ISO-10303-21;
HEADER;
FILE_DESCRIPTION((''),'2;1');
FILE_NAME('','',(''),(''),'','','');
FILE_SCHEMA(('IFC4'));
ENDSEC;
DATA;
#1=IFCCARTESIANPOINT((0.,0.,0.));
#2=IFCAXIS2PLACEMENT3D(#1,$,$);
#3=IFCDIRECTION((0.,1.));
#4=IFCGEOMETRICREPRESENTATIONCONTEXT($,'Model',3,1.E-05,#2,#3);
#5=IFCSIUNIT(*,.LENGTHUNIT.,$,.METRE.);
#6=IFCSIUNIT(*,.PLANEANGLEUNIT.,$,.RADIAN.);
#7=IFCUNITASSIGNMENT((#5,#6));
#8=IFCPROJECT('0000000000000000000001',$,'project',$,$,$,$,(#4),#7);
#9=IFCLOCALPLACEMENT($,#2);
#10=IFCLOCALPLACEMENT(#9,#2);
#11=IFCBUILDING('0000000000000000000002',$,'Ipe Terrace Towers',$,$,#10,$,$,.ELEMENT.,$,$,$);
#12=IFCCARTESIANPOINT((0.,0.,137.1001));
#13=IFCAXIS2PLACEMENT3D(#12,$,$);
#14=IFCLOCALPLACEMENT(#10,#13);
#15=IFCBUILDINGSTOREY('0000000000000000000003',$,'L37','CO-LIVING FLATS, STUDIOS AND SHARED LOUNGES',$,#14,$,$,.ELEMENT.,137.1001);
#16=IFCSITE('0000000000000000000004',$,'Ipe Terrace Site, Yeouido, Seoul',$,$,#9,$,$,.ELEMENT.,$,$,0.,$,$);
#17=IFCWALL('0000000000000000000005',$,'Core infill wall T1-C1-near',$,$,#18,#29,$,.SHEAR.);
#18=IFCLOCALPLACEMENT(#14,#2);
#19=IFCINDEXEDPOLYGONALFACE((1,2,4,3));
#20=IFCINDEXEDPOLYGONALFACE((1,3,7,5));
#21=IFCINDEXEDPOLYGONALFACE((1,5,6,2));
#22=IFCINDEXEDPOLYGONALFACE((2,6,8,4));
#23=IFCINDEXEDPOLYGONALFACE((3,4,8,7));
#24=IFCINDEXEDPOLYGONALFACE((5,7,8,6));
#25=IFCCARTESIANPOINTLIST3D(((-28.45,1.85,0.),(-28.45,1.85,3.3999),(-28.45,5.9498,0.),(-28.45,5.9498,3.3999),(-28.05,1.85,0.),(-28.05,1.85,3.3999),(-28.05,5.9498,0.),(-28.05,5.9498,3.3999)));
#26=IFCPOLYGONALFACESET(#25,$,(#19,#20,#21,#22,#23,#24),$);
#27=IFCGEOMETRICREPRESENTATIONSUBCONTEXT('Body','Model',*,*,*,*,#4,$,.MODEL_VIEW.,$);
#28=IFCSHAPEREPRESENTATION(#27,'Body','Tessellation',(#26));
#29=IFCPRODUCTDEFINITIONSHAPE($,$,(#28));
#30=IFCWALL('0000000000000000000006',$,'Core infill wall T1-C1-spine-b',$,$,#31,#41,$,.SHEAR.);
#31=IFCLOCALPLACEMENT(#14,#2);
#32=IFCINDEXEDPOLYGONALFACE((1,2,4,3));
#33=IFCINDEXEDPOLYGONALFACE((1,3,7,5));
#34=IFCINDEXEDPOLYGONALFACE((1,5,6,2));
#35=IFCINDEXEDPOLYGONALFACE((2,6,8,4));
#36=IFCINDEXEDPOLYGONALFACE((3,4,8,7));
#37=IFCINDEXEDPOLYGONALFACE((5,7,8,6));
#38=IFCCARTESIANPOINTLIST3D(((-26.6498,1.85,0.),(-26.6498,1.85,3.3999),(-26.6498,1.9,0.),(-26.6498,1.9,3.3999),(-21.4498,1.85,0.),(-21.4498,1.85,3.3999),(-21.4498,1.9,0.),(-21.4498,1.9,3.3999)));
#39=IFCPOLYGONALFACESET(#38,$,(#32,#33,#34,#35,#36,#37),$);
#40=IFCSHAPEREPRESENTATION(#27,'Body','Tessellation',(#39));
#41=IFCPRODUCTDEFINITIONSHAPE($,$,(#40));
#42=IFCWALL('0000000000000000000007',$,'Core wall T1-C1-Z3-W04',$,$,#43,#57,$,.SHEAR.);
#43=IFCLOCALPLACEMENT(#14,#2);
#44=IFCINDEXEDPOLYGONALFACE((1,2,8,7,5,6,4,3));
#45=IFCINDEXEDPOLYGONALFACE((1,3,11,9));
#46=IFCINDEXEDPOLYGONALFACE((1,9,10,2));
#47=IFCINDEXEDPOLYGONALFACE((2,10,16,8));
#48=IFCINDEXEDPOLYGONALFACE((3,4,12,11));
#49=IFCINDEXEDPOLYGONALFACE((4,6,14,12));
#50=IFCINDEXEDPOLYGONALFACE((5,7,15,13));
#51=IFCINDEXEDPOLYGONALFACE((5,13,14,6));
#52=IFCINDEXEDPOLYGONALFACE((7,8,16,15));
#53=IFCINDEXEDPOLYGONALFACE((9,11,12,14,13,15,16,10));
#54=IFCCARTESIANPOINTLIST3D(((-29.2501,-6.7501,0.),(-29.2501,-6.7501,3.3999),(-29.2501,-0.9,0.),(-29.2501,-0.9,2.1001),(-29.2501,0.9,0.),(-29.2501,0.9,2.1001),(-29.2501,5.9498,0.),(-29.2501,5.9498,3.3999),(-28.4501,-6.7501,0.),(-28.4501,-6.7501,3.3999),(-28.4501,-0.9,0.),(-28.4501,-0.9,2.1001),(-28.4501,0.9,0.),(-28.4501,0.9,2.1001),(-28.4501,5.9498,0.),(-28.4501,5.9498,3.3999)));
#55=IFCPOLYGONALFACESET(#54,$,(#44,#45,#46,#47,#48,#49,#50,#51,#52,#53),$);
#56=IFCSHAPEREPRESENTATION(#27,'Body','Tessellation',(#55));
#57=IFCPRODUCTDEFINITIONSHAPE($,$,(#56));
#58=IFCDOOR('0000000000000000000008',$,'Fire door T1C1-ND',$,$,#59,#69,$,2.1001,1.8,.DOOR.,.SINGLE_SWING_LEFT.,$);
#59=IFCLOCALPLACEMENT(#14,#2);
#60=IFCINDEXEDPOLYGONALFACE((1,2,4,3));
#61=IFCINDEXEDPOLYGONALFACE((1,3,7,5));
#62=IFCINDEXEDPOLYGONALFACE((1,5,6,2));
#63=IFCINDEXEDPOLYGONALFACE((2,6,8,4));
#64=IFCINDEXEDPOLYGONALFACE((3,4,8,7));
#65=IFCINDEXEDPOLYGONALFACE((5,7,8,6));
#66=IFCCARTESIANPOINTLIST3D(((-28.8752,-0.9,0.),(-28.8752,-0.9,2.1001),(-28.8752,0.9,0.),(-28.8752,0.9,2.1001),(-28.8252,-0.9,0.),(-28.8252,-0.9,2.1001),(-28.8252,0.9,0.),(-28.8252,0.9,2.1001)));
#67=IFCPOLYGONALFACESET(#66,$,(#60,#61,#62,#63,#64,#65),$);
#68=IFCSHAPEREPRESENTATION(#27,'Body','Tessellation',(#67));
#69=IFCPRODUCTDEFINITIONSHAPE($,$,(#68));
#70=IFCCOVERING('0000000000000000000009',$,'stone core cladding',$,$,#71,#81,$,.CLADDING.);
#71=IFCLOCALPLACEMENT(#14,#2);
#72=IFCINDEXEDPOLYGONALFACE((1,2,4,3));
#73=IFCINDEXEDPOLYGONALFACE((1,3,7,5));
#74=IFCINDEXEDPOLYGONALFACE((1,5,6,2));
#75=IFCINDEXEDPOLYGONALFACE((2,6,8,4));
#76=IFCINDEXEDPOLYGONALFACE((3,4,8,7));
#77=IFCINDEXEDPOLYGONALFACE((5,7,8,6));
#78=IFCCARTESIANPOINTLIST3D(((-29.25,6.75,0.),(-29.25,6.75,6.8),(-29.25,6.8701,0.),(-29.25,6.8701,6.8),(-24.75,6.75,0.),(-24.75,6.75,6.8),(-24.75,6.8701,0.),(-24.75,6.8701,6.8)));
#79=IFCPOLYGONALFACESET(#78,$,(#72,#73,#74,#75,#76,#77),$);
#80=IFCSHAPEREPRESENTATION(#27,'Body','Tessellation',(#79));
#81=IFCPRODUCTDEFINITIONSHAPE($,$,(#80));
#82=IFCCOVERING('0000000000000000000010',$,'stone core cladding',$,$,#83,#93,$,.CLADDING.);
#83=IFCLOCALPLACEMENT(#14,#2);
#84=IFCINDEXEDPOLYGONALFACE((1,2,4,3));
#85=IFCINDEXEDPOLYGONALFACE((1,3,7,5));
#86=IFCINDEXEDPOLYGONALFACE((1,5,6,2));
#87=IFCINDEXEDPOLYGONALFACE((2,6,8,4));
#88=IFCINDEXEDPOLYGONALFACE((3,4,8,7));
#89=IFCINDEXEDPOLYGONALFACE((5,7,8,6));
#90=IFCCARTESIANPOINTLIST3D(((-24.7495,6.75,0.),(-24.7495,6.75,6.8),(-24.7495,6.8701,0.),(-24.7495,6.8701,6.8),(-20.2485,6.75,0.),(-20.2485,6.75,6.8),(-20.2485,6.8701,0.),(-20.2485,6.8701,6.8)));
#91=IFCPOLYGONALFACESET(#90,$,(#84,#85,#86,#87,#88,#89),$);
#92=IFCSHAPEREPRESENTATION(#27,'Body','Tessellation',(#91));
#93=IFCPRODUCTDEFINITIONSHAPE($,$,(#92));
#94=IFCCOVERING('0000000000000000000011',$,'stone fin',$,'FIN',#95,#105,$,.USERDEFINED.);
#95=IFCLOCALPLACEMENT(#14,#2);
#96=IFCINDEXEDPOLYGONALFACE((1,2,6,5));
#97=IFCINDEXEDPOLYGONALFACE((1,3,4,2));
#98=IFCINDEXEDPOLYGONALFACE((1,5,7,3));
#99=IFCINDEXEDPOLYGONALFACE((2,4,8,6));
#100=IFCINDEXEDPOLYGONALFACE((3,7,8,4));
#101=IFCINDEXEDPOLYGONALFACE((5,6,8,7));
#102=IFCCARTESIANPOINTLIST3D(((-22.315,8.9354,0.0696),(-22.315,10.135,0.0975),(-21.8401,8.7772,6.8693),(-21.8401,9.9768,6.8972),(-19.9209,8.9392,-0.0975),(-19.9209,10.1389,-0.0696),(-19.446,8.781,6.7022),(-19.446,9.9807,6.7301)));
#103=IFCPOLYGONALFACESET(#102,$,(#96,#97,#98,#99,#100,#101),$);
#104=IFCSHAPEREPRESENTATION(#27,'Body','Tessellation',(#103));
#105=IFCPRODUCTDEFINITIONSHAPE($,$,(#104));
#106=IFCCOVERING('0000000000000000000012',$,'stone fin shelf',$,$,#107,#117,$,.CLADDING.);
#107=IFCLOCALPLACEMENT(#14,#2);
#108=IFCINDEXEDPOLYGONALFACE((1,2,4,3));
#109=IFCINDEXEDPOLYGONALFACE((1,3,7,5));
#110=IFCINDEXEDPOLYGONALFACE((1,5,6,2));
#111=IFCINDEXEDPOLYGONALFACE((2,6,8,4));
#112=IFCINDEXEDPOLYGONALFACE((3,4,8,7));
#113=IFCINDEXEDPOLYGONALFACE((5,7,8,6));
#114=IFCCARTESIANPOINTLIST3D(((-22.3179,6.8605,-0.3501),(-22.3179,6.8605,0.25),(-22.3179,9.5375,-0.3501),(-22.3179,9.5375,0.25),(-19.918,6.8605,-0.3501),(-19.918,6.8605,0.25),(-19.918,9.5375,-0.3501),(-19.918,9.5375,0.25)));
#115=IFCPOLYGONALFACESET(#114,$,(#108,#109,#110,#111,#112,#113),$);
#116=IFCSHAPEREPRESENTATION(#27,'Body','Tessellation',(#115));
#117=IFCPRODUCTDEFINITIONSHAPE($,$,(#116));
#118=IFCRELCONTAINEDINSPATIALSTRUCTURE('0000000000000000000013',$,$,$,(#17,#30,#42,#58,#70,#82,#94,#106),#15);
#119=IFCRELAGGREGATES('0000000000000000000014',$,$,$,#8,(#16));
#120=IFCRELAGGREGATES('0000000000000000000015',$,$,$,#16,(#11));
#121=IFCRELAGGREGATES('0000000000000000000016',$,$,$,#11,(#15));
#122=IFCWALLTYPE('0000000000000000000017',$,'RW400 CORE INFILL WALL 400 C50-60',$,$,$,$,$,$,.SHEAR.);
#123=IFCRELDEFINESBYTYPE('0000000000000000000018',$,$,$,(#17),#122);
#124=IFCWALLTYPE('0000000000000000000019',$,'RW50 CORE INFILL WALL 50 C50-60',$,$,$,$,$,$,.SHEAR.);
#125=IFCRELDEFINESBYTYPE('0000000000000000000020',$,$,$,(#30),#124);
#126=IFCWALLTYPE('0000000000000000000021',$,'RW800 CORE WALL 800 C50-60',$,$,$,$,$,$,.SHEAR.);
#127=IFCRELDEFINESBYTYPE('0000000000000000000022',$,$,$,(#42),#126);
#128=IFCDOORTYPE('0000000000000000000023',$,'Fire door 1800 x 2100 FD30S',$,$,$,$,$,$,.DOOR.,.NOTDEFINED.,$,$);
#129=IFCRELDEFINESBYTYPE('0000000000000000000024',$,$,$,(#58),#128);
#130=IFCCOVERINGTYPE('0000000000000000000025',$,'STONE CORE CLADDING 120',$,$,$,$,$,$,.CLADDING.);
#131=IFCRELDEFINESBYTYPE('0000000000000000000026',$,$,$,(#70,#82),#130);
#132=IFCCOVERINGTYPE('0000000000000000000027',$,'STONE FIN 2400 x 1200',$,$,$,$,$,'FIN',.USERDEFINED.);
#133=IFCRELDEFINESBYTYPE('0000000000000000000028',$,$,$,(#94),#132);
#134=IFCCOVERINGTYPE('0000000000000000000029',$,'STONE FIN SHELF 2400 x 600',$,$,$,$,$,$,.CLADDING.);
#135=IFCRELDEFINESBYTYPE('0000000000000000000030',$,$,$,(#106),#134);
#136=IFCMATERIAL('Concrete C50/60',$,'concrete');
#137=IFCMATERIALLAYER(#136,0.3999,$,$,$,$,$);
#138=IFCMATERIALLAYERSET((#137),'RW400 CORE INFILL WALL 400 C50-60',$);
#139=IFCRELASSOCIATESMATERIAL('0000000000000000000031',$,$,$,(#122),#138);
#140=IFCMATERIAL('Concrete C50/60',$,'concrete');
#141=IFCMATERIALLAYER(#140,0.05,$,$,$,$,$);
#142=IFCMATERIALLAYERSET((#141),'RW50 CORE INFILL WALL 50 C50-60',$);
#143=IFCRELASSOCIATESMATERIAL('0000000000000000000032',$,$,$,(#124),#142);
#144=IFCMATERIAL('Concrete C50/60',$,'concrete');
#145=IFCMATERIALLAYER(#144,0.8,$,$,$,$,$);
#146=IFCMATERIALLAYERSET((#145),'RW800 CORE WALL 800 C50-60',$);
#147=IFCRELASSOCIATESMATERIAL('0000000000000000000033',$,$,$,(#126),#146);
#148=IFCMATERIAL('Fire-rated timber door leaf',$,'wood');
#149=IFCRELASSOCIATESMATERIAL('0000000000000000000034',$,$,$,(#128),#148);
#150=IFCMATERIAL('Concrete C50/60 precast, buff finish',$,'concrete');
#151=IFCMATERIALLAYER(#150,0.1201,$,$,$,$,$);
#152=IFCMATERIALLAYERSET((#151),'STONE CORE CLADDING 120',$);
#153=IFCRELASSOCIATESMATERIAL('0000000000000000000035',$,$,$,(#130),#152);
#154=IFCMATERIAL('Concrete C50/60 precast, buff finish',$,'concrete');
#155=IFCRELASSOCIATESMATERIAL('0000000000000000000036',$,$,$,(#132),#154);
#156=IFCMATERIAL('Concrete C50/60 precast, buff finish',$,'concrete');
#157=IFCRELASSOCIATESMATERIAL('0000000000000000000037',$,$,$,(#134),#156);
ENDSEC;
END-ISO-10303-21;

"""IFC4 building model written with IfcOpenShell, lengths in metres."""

from ifc_helpers import new_model, si_unit, direction, frame, frame_2d, origin, origin_2d, place, context, subcontext, project, spatial, rectangle, extrude, material, layer, layer_set, material_profile, profile_set, type_object, element, fill, save


model = new_model("IFC4")

# Units and contexts
model_context = context("Model", 3, precision=1e-05, world=origin(), true_north=direction((0.0, 1.0)))
body_context = subcontext(model_context, "Body", "Model", "MODEL_VIEW")
ifc_project = project(units=[si_unit("LENGTHUNIT", "METRE"), si_unit("PLANEANGLEUNIT", "RADIAN")], contexts=[model_context])

# Site, building, storey
site_placement = place(None, origin())
site = spatial("IfcSite", under=ifc_project, at=site_placement, Name="Ipe Terrace Site, Yeouido, Seoul", CompositionType="ELEMENT", RefElevation=0.0)
building_placement = place(site_placement, origin())
building = spatial("IfcBuilding", under=site, at=building_placement, Name="Ipe Terrace Towers", CompositionType="ELEMENT")
storey_placement = place(building_placement, frame((0.0, 0.0, 137.1001)))
storey = spatial("IfcBuildingStorey", under=building, at=storey_placement, Name="L37", Description="CO-LIVING FLATS, STUDIOS AND SHARED LOUNGES", CompositionType="ELEMENT", Elevation=137.1001)

# Walls
ifc_material_1 = material(Name="Concrete C50/60", Category="concrete")
ifc_layer_1 = layer(ifc_material_1, 0.3999)
ifc_layer_set_1 = layer_set([ifc_layer_1], Name="RW400 CORE INFILL WALL 400 C50-60")
wall_type_1 = type_object("IfcWallType", Name="RW400 CORE INFILL WALL 400 C50-60", PredefinedType="SHEAR", material=ifc_layer_set_1)
wall_1_placement = place(storey_placement, frame((-28.25, 1.8501, 0.0), z_axis=(0.0, 0.0, 1.0), x_axis=(0.0, 1.0, 0.0)))
element("IfcWall", 1, at=wall_1_placement, inside=storey, type_object=wall_type_1, Name="Core infill wall T1-C1-near", PredefinedType="SHEAR", context=body_context, shape_type="SweptSolid", body=[
    extrude(rectangle(XDim=4.0999, YDim=0.3999, at=frame_2d((2.0498, 0.0))), origin(), (0.0, 0.0, 1.0), 3.3999),
])
ifc_material_2 = material(Name="Concrete C50/60", Category="concrete")
ifc_layer_2 = layer(ifc_material_2, 0.05)
ifc_layer_set_2 = layer_set([ifc_layer_2], Name="RW50 CORE INFILL WALL 50 C50-60")
wall_type_2 = type_object("IfcWallType", Name="RW50 CORE INFILL WALL 50 C50-60", PredefinedType="SHEAR", material=ifc_layer_set_2)
wall_2_placement = place(storey_placement, frame((-26.6499, 1.875, 0.0), z_axis=(0.0, 0.0, 1.0), x_axis=(1.0, 0.0, 0.0)))
element("IfcWall", 2, at=wall_2_placement, inside=storey, type_object=wall_type_2, Name="Core infill wall T1-C1-spine-b", PredefinedType="SHEAR", context=body_context, shape_type="SweptSolid", body=[
    extrude(rectangle(XDim=5.2, YDim=0.05, at=frame_2d((2.6001, 0.0))), origin(), (0.0, 0.0, 1.0), 3.3999),
])

# Wall, opening, door
ifc_material_3 = material(Name="Concrete C50/60", Category="concrete")
ifc_layer_3 = layer(ifc_material_3, 0.8)
ifc_layer_set_3 = layer_set([ifc_layer_3], Name="RW800 CORE WALL 800 C50-60")
wall_type_3 = type_object("IfcWallType", Name="RW800 CORE WALL 800 C50-60", PredefinedType="SHEAR", material=ifc_layer_set_3)
wall_3_placement = place(storey_placement, frame((-28.8501, 5.95, 0.0), z_axis=(0.0, 0.0, 1.0), x_axis=(0.0, -1.0, 0.0)))
wall_3 = element("IfcWall", 3, at=wall_3_placement, inside=storey, type_object=wall_type_3, Name="Core wall T1-C1-Z3-W04", PredefinedType="SHEAR", context=body_context, shape_type="SweptSolid", body=[
    extrude(rectangle(XDim=12.7, YDim=0.8, at=frame_2d((6.3501, 0.0))), origin(), (0.0, 0.0, 1.0), 3.3999),
])
opening_1_placement = place(wall_3_placement, frame((5.05, 0.0, 0.0)))
opening_1 = element("IfcOpeningElement", 4, at=opening_1_placement, cuts=wall_3, PredefinedType="OPENING", context=body_context, shape_type="SweptSolid", body=[
    extrude(rectangle(XDim=1.8, YDim=2.1001, at=frame_2d((0.8999, 1.05))), frame((0.0, 0.4102, 0.0), z_axis=(0.0, -1.0, 0.0), x_axis=(1.0, 0.0, 0.0)), (0.0, 0.0, 1.0), 0.8201),
])
ifc_material_4 = material(Name="Fire-rated timber door leaf", Category="wood")
door_type_1 = type_object("IfcDoorType", Name="Fire door 1800 x 2100 FD30S", OperationType="NOTDEFINED", PredefinedType="DOOR", material=ifc_material_4)
door_1_placement = place(opening_1_placement, origin())
door_1 = element("IfcDoor", 5, at=door_1_placement, inside=storey, type_object=door_type_1, Name="Fire door T1C1-ND", OperationType="SINGLE_SWING_LEFT", OverallHeight=2.1001, OverallWidth=1.8, PredefinedType="DOOR", context=body_context, shape_type="SweptSolid", body=[
    extrude(rectangle(XDim=1.8, YDim=2.1001, at=frame_2d((0.8999, 1.05))), frame((0.0, 0.0249, 0.0), z_axis=(0.0, -1.0, 0.0), x_axis=(1.0, 0.0, 0.0)), (0.0, 0.0, 1.0), 0.05),
])
fill(opening_1, door_1)

# Coverings
ifc_material_5 = material(Name="Concrete C50/60 precast, buff finish", Category="concrete")
ifc_layer_4 = layer(ifc_material_5, 0.1201)
ifc_layer_set_4 = layer_set([ifc_layer_4], Name="STONE CORE CLADDING 120")
covering_type_1 = type_object("IfcCoveringType", Name="STONE CORE CLADDING 120", PredefinedType="CLADDING", material=ifc_layer_set_4)
covering_1_placement = place(storey_placement, frame((-27.0, 6.8101, 0.0), z_axis=(0.0, 0.0, 1.0), x_axis=(-1.0, 0.0, 0.0)))
element("IfcCovering", 6, at=covering_1_placement, inside=storey, type_object=covering_type_1, Name="stone core cladding", PredefinedType="CLADDING", context=body_context, shape_type="SweptSolid", body=[
    extrude(rectangle(XDim=4.5, YDim=0.1201, at=origin_2d()), origin(), (0.0, 0.0, 1.0), 6.8),
])
covering_2_placement = place(storey_placement, frame((-22.499, 6.8101, 0.0), z_axis=(0.0, 0.0, 1.0), x_axis=(-1.0, 0.0, 0.0)))
element("IfcCovering", 7, at=covering_2_placement, inside=storey, type_object=covering_type_1, Name="stone core cladding", PredefinedType="CLADDING", context=body_context, shape_type="SweptSolid", body=[
    extrude(rectangle(XDim=4.501, YDim=0.1201, at=origin_2d()), origin(), (0.0, 0.0, 1.0), 6.8),
])
ifc_material_6 = material(Name="Concrete C50/60 precast, buff finish", Category="concrete")
ifc_material_profile_1 = material_profile(ifc_material_6, rectangle(XDim=2.3999, YDim=1.2, at=origin_2d()), Name="STONE FIN 2400 x 1200")
ifc_profile_set_1 = profile_set([ifc_material_profile_1], Name="Concrete C50/60 precast, buff finish")
covering_type_2 = type_object("IfcCoveringType", Name="STONE FIN 2400 x 1200", ElementType="FIN", PredefinedType="USERDEFINED", material=ifc_profile_set_1)
covering_3_placement = place(storey_placement, frame((-21.1179, 9.5371, 0.0), z_axis=(0.069645, -0.023203, 0.997302), x_axis=(-0.997572, -0.00162, 0.069626)))
element("IfcCovering", 8, at=covering_3_placement, inside=storey, type_object=covering_type_2, Name="stone fin", ObjectType="FIN", PredefinedType="USERDEFINED", context=body_context, shape_type="SweptSolid", body=[
    extrude(rectangle(XDim=2.3999, YDim=1.2, at=origin_2d()), origin(), (0.0, 0.0, 1.0), 6.8181),
])
ifc_material_7 = material(Name="Concrete C50/60 precast, buff finish", Category="concrete")
covering_type_3 = type_object("IfcCoveringType", Name="STONE FIN SHELF 2400 x 600", PredefinedType="CLADDING", material=ifc_material_7)
covering_4_placement = place(storey_placement, frame((-21.1179, 8.199, -0.3501), z_axis=(0.0, 0.0, 1.0), x_axis=(-1.0, 0.0, 0.0)))
element("IfcCovering", 9, at=covering_4_placement, inside=storey, type_object=covering_type_3, Name="stone fin shelf", PredefinedType="CLADDING", context=body_context, shape_type="SweptSolid", body=[
    extrude(rectangle(XDim=2.3999, YDim=2.677, at=origin_2d()), origin(), (0.0, 0.0, 1.0), 0.6001),
])

save(model, "model.ifc")
